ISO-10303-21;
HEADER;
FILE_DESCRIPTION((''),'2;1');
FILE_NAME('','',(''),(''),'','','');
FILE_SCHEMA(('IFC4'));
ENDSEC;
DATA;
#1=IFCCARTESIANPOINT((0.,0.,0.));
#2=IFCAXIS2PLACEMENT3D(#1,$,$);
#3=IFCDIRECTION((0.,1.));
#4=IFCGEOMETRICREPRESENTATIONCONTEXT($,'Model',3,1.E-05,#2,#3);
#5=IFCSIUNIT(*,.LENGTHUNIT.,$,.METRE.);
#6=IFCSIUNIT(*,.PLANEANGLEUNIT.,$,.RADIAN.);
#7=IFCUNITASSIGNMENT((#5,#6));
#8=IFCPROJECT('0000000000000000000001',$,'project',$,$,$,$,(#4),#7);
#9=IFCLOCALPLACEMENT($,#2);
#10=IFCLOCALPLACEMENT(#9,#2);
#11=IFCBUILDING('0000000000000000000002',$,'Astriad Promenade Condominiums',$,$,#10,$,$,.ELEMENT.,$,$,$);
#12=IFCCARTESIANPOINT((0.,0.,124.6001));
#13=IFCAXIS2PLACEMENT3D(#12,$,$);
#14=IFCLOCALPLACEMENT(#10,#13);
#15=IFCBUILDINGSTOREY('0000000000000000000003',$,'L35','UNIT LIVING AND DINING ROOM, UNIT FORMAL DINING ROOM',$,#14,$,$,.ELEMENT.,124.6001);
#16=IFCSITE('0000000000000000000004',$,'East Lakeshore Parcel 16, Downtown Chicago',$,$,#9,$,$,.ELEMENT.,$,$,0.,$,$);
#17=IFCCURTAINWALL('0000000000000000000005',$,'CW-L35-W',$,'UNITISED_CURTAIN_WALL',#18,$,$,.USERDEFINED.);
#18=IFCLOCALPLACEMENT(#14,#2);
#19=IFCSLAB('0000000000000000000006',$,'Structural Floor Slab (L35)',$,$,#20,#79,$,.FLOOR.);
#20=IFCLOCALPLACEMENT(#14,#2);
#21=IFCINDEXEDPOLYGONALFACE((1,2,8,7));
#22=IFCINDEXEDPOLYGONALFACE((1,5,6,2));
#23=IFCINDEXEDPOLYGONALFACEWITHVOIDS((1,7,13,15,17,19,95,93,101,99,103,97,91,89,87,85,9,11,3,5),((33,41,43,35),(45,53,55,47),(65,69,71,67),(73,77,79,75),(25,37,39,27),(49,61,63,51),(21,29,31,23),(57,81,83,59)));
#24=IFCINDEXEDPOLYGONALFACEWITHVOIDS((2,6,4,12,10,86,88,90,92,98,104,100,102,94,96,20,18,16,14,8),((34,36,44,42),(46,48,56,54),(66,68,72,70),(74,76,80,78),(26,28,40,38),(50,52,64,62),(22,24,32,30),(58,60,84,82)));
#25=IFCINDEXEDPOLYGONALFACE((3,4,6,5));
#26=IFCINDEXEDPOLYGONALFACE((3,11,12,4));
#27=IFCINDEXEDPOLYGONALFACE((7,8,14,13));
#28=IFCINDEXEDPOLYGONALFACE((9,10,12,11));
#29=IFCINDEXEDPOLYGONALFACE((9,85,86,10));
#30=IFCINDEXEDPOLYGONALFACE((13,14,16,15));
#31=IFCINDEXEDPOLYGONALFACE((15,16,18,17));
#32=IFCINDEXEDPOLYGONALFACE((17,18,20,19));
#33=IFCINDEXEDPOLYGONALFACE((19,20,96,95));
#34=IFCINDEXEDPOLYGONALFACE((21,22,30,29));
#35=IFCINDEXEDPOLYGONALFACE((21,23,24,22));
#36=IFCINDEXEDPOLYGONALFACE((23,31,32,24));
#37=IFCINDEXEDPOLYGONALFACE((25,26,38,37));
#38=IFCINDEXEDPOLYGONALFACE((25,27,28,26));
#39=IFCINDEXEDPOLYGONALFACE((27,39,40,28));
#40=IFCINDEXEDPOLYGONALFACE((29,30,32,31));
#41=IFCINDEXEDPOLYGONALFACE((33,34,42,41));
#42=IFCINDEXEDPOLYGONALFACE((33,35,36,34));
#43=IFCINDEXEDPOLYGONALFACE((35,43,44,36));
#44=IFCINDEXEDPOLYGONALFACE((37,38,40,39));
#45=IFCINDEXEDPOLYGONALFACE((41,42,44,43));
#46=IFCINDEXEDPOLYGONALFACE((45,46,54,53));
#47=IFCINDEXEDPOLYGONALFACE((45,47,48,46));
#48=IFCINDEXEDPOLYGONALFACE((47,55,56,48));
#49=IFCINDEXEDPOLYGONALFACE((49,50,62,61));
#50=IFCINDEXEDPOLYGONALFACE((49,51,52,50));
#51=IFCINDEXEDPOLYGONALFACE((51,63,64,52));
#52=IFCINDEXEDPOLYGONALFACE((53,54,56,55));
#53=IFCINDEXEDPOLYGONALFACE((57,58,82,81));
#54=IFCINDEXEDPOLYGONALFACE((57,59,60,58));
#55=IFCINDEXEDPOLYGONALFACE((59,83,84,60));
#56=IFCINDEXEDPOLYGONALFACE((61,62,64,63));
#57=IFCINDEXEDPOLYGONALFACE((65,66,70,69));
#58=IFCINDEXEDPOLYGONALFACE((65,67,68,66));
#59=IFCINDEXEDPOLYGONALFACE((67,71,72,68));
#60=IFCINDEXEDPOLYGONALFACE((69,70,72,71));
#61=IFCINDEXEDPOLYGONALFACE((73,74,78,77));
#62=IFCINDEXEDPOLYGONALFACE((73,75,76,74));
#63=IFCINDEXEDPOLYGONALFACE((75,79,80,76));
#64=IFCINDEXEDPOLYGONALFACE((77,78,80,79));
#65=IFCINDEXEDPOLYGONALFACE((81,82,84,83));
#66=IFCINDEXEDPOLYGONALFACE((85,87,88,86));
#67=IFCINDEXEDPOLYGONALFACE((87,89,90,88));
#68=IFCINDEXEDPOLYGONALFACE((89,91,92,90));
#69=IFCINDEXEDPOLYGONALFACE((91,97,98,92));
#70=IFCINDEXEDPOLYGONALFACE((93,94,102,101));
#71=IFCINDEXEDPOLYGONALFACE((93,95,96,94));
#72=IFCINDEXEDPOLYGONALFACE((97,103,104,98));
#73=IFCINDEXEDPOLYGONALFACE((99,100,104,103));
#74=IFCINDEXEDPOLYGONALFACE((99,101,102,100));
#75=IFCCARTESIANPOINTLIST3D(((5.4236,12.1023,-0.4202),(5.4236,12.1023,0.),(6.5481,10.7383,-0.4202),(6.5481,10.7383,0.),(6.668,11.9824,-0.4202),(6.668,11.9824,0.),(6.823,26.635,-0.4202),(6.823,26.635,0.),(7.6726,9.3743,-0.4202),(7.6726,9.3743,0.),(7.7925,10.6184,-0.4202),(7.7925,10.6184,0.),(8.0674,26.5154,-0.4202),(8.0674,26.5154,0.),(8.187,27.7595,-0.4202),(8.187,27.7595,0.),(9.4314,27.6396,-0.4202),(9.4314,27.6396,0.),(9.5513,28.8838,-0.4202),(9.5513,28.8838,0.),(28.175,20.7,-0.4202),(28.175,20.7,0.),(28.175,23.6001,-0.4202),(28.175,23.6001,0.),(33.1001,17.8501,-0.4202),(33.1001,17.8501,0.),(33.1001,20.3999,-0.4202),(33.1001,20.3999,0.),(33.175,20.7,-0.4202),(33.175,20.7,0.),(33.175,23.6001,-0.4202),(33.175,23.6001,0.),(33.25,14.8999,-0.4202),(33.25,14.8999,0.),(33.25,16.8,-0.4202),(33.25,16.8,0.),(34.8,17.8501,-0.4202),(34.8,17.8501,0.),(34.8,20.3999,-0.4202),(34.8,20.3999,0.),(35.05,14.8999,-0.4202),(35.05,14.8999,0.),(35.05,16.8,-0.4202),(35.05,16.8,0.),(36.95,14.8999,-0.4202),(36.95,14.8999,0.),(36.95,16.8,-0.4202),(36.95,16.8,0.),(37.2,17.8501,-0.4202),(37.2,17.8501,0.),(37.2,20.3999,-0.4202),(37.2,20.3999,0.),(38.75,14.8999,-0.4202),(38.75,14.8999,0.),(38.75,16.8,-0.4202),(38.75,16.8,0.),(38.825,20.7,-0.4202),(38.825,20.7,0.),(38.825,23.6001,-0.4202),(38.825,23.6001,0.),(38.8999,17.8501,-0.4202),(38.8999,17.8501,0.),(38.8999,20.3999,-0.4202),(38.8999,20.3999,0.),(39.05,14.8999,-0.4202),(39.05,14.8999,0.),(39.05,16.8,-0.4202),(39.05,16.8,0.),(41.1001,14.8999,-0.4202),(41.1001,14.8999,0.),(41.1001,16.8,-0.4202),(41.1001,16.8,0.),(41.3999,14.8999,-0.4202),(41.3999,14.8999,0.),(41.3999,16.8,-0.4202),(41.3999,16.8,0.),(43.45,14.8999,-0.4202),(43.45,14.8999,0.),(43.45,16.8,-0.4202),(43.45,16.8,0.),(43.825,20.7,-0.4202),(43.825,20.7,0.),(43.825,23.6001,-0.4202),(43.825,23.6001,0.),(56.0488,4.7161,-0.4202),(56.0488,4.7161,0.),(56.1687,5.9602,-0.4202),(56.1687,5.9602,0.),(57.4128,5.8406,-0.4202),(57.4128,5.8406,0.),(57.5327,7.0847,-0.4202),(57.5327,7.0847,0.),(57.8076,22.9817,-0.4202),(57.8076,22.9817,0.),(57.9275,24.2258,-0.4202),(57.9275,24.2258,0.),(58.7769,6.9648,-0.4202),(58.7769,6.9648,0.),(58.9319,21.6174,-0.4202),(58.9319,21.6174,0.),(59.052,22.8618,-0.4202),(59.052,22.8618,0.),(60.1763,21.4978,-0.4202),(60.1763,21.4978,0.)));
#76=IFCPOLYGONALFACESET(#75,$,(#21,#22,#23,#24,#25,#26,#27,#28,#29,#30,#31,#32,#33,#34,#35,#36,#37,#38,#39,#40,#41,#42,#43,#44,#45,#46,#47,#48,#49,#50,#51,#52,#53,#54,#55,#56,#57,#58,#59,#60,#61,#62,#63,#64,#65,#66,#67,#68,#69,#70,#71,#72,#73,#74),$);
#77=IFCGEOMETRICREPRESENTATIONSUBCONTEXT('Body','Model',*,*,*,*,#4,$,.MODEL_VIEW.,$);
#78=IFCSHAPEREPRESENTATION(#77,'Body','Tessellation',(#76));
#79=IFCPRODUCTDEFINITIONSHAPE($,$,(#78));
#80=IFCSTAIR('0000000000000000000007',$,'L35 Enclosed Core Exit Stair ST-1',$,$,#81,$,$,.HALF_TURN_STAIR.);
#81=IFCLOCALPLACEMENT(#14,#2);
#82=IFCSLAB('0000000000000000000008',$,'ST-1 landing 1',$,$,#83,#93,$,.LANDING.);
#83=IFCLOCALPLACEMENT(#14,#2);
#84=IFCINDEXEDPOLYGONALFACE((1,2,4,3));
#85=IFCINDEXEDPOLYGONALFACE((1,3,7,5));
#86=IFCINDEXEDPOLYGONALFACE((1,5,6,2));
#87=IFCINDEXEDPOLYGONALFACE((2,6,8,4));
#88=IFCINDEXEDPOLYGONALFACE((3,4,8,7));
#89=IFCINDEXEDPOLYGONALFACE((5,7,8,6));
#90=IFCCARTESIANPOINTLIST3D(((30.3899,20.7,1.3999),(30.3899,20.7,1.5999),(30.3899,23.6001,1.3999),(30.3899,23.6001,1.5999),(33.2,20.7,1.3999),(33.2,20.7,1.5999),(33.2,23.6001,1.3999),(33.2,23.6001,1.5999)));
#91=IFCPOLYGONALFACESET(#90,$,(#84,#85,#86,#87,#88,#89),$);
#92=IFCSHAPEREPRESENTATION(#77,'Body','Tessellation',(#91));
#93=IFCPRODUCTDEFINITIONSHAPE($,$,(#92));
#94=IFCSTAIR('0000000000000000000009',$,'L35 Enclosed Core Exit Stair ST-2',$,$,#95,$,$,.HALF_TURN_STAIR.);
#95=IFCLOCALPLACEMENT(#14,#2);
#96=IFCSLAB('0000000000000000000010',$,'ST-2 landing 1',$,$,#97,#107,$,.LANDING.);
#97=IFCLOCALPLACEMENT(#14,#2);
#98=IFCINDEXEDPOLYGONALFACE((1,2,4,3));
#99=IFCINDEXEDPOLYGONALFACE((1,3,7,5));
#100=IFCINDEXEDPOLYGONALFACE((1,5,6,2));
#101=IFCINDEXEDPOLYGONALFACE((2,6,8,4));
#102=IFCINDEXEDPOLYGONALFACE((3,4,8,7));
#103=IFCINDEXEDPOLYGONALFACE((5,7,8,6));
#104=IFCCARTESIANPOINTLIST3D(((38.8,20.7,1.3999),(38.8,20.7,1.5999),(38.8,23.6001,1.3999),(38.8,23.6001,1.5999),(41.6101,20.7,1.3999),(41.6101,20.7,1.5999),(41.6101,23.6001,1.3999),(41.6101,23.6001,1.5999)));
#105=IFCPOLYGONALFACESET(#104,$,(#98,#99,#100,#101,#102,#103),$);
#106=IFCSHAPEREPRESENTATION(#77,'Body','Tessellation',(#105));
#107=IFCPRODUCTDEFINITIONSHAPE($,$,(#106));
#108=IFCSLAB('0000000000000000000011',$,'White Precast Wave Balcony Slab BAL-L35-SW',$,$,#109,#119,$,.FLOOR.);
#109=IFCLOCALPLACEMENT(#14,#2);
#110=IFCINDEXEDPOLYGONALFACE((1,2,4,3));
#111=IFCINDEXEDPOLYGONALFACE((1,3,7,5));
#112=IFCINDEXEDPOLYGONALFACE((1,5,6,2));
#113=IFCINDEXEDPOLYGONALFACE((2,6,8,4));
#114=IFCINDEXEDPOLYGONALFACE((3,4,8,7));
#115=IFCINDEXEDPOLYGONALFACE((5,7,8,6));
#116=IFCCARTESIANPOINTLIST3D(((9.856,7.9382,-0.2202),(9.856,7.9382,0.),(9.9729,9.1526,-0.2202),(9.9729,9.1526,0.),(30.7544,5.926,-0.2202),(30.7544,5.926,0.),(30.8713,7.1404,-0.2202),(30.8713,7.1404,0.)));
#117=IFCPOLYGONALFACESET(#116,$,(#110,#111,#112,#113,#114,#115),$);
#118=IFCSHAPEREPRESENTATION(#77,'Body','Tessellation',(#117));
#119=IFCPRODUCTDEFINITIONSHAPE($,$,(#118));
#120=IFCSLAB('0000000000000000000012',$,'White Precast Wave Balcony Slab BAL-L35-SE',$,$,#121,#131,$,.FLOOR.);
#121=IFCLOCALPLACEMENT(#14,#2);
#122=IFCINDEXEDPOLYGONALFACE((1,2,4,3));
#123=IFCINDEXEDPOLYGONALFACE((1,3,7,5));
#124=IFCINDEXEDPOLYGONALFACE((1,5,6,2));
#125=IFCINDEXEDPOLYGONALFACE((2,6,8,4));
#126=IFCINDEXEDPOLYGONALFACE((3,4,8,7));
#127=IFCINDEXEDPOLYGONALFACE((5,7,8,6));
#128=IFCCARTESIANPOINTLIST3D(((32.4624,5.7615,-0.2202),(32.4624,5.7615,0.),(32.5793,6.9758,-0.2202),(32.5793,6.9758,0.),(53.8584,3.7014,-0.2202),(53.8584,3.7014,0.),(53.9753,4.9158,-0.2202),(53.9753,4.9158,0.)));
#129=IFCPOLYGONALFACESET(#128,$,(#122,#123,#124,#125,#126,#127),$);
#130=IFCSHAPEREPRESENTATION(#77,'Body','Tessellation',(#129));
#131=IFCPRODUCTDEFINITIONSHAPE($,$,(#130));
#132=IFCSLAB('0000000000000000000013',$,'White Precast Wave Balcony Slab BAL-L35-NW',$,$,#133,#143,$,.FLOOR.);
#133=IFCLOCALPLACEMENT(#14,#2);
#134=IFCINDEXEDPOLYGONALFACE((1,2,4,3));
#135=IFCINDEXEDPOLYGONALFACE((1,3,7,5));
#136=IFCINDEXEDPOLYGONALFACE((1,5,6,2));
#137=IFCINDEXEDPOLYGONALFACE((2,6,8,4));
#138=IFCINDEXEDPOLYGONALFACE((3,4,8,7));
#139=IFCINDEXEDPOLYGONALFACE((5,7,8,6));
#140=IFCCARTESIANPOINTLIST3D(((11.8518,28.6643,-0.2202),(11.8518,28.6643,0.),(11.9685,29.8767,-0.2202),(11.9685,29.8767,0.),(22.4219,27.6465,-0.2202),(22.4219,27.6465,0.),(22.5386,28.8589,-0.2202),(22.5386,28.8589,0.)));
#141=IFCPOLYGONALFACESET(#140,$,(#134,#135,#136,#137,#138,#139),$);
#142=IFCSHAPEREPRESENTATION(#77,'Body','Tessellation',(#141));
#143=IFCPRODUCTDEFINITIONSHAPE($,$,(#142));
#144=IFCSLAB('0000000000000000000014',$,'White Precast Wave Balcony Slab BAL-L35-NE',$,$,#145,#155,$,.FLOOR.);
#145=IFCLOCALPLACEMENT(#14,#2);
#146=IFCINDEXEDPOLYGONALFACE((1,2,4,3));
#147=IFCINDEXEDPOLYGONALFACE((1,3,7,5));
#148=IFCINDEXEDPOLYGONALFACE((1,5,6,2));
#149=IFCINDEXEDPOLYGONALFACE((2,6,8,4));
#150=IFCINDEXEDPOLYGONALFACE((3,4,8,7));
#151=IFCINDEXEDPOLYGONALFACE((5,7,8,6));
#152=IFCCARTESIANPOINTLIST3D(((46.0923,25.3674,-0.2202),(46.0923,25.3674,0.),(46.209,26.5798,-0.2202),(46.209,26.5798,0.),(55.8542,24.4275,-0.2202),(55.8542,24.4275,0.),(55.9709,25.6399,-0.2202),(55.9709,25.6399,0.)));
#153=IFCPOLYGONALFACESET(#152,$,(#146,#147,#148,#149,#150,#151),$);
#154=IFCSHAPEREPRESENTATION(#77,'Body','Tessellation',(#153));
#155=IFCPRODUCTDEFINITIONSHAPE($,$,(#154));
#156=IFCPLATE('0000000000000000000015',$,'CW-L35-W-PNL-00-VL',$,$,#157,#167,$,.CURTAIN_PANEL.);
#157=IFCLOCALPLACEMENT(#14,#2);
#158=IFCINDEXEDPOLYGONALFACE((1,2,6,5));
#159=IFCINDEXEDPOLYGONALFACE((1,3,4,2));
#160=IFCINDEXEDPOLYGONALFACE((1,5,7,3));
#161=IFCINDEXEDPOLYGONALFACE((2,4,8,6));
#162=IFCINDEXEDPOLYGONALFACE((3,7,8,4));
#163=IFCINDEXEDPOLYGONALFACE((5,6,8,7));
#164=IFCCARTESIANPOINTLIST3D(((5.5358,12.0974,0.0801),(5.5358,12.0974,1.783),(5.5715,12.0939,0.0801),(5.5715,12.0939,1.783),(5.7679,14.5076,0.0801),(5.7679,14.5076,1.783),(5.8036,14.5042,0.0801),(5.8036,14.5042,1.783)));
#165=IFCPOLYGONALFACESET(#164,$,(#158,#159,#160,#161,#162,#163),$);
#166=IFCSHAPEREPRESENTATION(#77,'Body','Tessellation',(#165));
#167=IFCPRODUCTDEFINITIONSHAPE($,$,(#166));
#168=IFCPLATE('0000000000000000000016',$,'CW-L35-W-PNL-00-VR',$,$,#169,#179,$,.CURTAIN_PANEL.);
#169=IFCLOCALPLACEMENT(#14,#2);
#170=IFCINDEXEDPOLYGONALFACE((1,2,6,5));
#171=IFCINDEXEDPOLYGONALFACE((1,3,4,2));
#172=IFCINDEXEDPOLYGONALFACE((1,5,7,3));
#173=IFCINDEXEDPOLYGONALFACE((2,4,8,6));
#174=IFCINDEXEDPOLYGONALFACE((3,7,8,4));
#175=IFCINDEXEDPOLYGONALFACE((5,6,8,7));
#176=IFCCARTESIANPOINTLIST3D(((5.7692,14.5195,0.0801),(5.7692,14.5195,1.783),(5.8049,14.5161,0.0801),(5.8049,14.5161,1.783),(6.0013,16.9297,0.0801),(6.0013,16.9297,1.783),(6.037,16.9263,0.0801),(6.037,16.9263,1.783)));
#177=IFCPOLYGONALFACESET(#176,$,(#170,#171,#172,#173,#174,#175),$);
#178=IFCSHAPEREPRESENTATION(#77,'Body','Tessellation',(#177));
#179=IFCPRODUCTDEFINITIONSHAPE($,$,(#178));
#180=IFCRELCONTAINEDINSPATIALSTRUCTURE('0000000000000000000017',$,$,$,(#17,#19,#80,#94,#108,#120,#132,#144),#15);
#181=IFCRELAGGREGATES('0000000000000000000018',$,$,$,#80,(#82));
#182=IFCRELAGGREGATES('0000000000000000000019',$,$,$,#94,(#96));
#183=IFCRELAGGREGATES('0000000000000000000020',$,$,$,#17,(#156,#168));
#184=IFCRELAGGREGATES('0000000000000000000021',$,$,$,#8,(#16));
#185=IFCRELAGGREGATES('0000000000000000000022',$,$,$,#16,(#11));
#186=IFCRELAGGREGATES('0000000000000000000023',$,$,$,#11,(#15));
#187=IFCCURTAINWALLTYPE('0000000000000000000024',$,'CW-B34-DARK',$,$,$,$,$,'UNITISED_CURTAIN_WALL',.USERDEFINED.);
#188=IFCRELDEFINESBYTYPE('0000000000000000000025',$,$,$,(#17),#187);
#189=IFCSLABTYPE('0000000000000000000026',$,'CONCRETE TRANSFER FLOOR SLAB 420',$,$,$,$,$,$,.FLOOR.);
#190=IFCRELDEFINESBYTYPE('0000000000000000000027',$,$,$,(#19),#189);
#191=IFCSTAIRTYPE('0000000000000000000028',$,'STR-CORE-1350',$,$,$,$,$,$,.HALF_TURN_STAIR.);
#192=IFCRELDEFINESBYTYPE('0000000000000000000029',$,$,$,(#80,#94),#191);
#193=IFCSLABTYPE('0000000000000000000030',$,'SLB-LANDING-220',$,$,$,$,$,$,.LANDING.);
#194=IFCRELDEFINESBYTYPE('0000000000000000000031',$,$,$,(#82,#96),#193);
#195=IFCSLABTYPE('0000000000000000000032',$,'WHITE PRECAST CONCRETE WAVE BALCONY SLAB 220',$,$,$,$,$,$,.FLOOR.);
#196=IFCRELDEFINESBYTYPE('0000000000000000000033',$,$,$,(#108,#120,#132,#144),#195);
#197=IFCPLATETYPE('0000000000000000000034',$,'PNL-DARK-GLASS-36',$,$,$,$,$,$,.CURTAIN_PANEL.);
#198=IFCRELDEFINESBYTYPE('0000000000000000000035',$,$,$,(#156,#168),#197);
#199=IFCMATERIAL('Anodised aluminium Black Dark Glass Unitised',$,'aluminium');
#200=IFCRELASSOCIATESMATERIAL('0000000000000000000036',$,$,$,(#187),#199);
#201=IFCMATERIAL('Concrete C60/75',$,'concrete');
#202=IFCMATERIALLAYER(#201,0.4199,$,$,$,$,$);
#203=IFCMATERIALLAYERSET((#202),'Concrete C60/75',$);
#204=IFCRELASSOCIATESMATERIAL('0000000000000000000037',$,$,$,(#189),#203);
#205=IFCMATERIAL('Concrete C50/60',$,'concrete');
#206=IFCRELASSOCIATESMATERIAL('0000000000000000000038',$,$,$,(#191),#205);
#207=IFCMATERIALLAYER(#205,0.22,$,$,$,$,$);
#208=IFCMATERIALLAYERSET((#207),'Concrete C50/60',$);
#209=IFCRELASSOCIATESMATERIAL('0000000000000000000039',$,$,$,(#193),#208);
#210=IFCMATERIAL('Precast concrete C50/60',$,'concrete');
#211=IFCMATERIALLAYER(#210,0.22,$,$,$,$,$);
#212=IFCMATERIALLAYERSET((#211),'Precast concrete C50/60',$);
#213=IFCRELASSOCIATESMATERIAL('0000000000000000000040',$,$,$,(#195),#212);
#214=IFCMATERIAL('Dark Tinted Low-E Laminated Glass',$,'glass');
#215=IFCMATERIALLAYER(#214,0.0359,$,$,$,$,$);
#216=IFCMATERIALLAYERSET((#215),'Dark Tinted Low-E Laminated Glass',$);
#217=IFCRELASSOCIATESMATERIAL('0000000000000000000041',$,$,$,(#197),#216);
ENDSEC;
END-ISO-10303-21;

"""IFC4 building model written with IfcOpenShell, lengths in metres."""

from ifc_helpers import new_model, si_unit, direction, frame, origin, origin_2d, place, context, subcontext, project, spatial, polyline, rectangle, outline, extrude, source, transform, mapped, material, layer, layer_set, type_object, element, aggregate, save


model = new_model("IFC4")

# Units and contexts
model_context = context("Model", 3, precision=1e-05, world=origin(), true_north=direction((0.0, 1.0)))
body_context = subcontext(model_context, "Body", "Model", "MODEL_VIEW")
ifc_project = project(units=[si_unit("LENGTHUNIT", "METRE"), si_unit("PLANEANGLEUNIT", "RADIAN")], contexts=[model_context])

# Site, building, storey
site_placement = place(None, origin())
site = spatial("IfcSite", under=ifc_project, at=site_placement, Name="East Lakeshore Parcel 16, Downtown Chicago", CompositionType="ELEMENT", RefElevation=0.0)
building_placement = place(site_placement, origin())
building = spatial("IfcBuilding", under=site, at=building_placement, Name="Astriad Promenade Condominiums", CompositionType="ELEMENT")
storey_placement = place(building_placement, frame((0.0, 0.0, 124.6001)))
storey = spatial("IfcBuildingStorey", under=building, at=storey_placement, Name="L35", Description="UNIT LIVING AND DINING ROOM, UNIT FORMAL DINING ROOM", CompositionType="ELEMENT", Elevation=124.6001)

# Shared definitions
ifc_material_1 = material(Name="Concrete C60/75", Category="concrete")

# Curtain wall
ifc_material_2 = material(Name="Anodised aluminium Black Dark Glass Unitised", Category="aluminium")
curtain_wall_type = type_object("IfcCurtainWallType", Name="CW-B34-DARK", ElementType="UNITISED_CURTAIN_WALL", PredefinedType="USERDEFINED", material=ifc_material_2)
curtain_wall_placement = place(storey_placement, origin())
curtain_wall = element("IfcCurtainWall", 1, at=curtain_wall_placement, inside=storey, type_object=curtain_wall_type, Name="CW-L35-W", ObjectType="UNITISED_CURTAIN_WALL", PredefinedType="USERDEFINED")

# Slab
ifc_layer_1 = layer(ifc_material_1, 0.4199)
ifc_layer_set_1 = layer_set([ifc_layer_1], Name="Concrete C60/75")
slab_type_1 = type_object("IfcSlabType", Name="CONCRETE TRANSFER FLOOR SLAB 420", PredefinedType="FLOOR", material=ifc_layer_set_1)
slab_1_placement = place(storey_placement, frame((0.0, 0.0, -0.4202)))
element("IfcSlab", 2, at=slab_1_placement, inside=storey, type_object=slab_type_1, Name="Structural Floor Slab (L35)", PredefinedType="FLOOR", context=body_context, shape_type="SweptSolid", body=[
    extrude(outline(polyline([(7.6726, 9.3743), (56.0488, 4.7161), (56.1687, 5.9602), (57.4128, 5.8406), (57.5327, 7.0847), (58.7769, 6.9648), (60.1763, 21.4978), (58.9319, 21.6174), (59.052, 22.8618), (57.8076, 22.9817), (57.9275, 24.2258), (9.5513, 28.8838), (9.4314, 27.6396), (8.187, 27.7595), (8.0674, 26.5154), (6.823, 26.635), (5.4236, 12.1023), (6.668, 11.9824), (6.5481, 10.7383), (7.7925, 10.6184), (7.6726, 9.3743)]), holes=[polyline([(28.175, 20.7), (33.175, 20.7), (33.175, 23.6001), (28.175, 23.6001), (28.175, 20.7)]), polyline([(38.825, 20.7), (43.825, 20.7), (43.825, 23.6001), (38.825, 23.6001), (38.825, 20.7)]), polyline([(33.1001, 17.8501), (34.8, 17.8501), (34.8, 20.3999), (33.1001, 20.3999), (33.1001, 17.8501)]), polyline([(37.2, 17.8501), (38.8999, 17.8501), (38.8999, 20.3999), (37.2, 20.3999), (37.2, 17.8501)]), polyline([(33.25, 14.8999), (35.05, 14.8999), (35.05, 16.8), (33.25, 16.8), (33.25, 14.8999)]), polyline([(36.95, 14.8999), (38.75, 14.8999), (38.75, 16.8), (36.95, 16.8), (36.95, 14.8999)]), polyline([(39.05, 14.8999), (41.1001, 14.8999), (41.1001, 16.8), (39.05, 16.8), (39.05, 14.8999)]), polyline([(41.3999, 14.8999), (43.45, 14.8999), (43.45, 16.8), (41.3999, 16.8), (41.3999, 14.8999)])]), origin(), (0.0, 0.0, 1.0), 0.4202),
])

# Stairs, slabs
ifc_material_3 = material(Name="Concrete C50/60", Category="concrete")
stair_type = type_object("IfcStairType", Name="STR-CORE-1350", PredefinedType="HALF_TURN_STAIR", material=ifc_material_3)
stair_1_placement = place(storey_placement, origin())
stair_1 = element("IfcStair", 3, at=stair_1_placement, inside=storey, type_object=stair_type, Name="L35 Enclosed Core Exit Stair ST-1", PredefinedType="HALF_TURN_STAIR")
ifc_layer_2 = layer(ifc_material_3, 0.22)
ifc_layer_set_2 = layer_set([ifc_layer_2], Name="Concrete C50/60")
slab_type_2 = type_object("IfcSlabType", Name="SLB-LANDING-220", PredefinedType="LANDING", material=ifc_layer_set_2)
slab_2_placement = place(storey_placement, frame((0.0, 0.0, 1.3999)))
slab_2 = element("IfcSlab", 4, at=slab_2_placement, type_object=slab_type_2, Name="ST-1 landing 1", PredefinedType="LANDING", context=body_context, shape_type="SweptSolid", body=[
    extrude(outline(polyline([(30.3899, 20.7), (33.2, 20.7), (33.2, 23.6001), (30.3899, 23.6001), (30.3899, 20.7)])), origin(), (0.0, 0.0, 1.0), 0.2),
])
aggregate(stair_1, [slab_2])
stair_2_placement = place(storey_placement, origin())
stair_2 = element("IfcStair", 5, at=stair_2_placement, inside=storey, type_object=stair_type, Name="L35 Enclosed Core Exit Stair ST-2", PredefinedType="HALF_TURN_STAIR")
slab_3_placement = place(storey_placement, frame((0.0, 0.0, 1.3999)))
slab_3 = element("IfcSlab", 6, at=slab_3_placement, type_object=slab_type_2, Name="ST-2 landing 1", PredefinedType="LANDING", context=body_context, shape_type="SweptSolid", body=[
    extrude(outline(polyline([(41.6101, 23.6001), (38.8, 23.6001), (38.8, 20.7), (41.6101, 20.7), (41.6101, 23.6001)])), origin(), (0.0, 0.0, 1.0), 0.2),
])
aggregate(stair_2, [slab_3])

# Slabs
ifc_material_4 = material(Name="Precast concrete C50/60", Category="concrete")
ifc_layer_3 = layer(ifc_material_4, 0.22)
ifc_layer_set_3 = layer_set([ifc_layer_3], Name="Precast concrete C50/60")
slab_type_3 = type_object("IfcSlabType", Name="WHITE PRECAST CONCRETE WAVE BALCONY SLAB 220", PredefinedType="FLOOR", material=ifc_layer_set_3)
slab_4_placement = place(storey_placement, frame((0.0, 0.0, -0.2202)))
element("IfcSlab", 7, at=slab_4_placement, inside=storey, type_object=slab_type_3, Name="White Precast Wave Balcony Slab BAL-L35-SW", PredefinedType="FLOOR", context=body_context, shape_type="SweptSolid", body=[
    extrude(outline(polyline([(9.856, 7.9382), (30.7544, 5.926), (30.8713, 7.1404), (9.9729, 9.1526), (9.856, 7.9382)])), origin(), (0.0, 0.0, 1.0), 0.2202),
])
slab_5_placement = place(storey_placement, frame((0.0, 0.0, -0.2202)))
element("IfcSlab", 8, at=slab_5_placement, inside=storey, type_object=slab_type_3, Name="White Precast Wave Balcony Slab BAL-L35-SE", PredefinedType="FLOOR", context=body_context, shape_type="SweptSolid", body=[
    extrude(outline(polyline([(32.4624, 5.7615), (53.8584, 3.7014), (53.9753, 4.9158), (32.5793, 6.9758), (32.4624, 5.7615)])), origin(), (0.0, 0.0, 1.0), 0.2202),
])
slab_6_placement = place(storey_placement, frame((0.0, 0.0, -0.2202)))
element("IfcSlab", 9, at=slab_6_placement, inside=storey, type_object=slab_type_3, Name="White Precast Wave Balcony Slab BAL-L35-NW", PredefinedType="FLOOR", context=body_context, shape_type="SweptSolid", body=[
    extrude(outline(polyline([(11.9685, 29.8767), (22.5386, 28.8589), (22.4219, 27.6465), (11.8518, 28.6643), (11.9685, 29.8767)])), origin(), (0.0, 0.0, 1.0), 0.2202),
])
slab_7_placement = place(storey_placement, frame((0.0, 0.0, -0.2202)))
element("IfcSlab", 10, at=slab_7_placement, inside=storey, type_object=slab_type_3, Name="White Precast Wave Balcony Slab BAL-L35-NE", PredefinedType="FLOOR", context=body_context, shape_type="SweptSolid", body=[
    extrude(outline(polyline([(46.209, 26.5798), (55.9709, 25.6399), (55.8542, 24.4275), (46.0923, 25.3674), (46.209, 26.5798)])), origin(), (0.0, 0.0, 1.0), 0.2202),
])

# Plates
ifc_material_5 = material(Name="Dark Tinted Low-E Laminated Glass", Category="glass")
ifc_layer_4 = layer(ifc_material_5, 0.0359)
ifc_layer_set_4 = layer_set([ifc_layer_4], Name="Dark Tinted Low-E Laminated Glass")
plate_type = type_object("IfcPlateType", Name="PNL-DARK-GLASS-36", PredefinedType="CURTAIN_PANEL", material=ifc_layer_set_4)
shared_shape_1 = source(origin(), body_context, "Body", "SweptSolid", [
    extrude(rectangle(XDim=2.4214, YDim=0.0359, at=origin_2d()), origin(), (0.0, 0.0, 1.0), 1.7029),
])
plate_1_placement = place(storey_placement, frame((5.6697, 13.3008, 0.0801), z_axis=(0.0, 0.0, 1.0), x_axis=(0.095846, 0.995396, 0.0)))
plate_1 = element("IfcPlate", 11, at=plate_1_placement, type_object=plate_type, Name="CW-L35-W-PNL-00-VL", PredefinedType="CURTAIN_PANEL", context=body_context, shape_type="MappedRepresentation", body=[
    mapped(shared_shape_1, transform((0.0, 0.0, 0.0), scale=1.0)),
])
plate_2_placement = place(storey_placement, frame((5.9031, 15.7229, 0.0801), z_axis=(0.0, 0.0, 1.0), x_axis=(0.095846, 0.995396, 0.0)))
plate_2 = element("IfcPlate", 12, at=plate_2_placement, type_object=plate_type, Name="CW-L35-W-PNL-00-VR", PredefinedType="CURTAIN_PANEL", context=body_context, shape_type="MappedRepresentation", body=[
    mapped(shared_shape_1, transform((0.0, 0.0, 0.0), scale=1.0)),
])
aggregate(curtain_wall, [plate_1, plate_2])

save(model, "model.ifc")
